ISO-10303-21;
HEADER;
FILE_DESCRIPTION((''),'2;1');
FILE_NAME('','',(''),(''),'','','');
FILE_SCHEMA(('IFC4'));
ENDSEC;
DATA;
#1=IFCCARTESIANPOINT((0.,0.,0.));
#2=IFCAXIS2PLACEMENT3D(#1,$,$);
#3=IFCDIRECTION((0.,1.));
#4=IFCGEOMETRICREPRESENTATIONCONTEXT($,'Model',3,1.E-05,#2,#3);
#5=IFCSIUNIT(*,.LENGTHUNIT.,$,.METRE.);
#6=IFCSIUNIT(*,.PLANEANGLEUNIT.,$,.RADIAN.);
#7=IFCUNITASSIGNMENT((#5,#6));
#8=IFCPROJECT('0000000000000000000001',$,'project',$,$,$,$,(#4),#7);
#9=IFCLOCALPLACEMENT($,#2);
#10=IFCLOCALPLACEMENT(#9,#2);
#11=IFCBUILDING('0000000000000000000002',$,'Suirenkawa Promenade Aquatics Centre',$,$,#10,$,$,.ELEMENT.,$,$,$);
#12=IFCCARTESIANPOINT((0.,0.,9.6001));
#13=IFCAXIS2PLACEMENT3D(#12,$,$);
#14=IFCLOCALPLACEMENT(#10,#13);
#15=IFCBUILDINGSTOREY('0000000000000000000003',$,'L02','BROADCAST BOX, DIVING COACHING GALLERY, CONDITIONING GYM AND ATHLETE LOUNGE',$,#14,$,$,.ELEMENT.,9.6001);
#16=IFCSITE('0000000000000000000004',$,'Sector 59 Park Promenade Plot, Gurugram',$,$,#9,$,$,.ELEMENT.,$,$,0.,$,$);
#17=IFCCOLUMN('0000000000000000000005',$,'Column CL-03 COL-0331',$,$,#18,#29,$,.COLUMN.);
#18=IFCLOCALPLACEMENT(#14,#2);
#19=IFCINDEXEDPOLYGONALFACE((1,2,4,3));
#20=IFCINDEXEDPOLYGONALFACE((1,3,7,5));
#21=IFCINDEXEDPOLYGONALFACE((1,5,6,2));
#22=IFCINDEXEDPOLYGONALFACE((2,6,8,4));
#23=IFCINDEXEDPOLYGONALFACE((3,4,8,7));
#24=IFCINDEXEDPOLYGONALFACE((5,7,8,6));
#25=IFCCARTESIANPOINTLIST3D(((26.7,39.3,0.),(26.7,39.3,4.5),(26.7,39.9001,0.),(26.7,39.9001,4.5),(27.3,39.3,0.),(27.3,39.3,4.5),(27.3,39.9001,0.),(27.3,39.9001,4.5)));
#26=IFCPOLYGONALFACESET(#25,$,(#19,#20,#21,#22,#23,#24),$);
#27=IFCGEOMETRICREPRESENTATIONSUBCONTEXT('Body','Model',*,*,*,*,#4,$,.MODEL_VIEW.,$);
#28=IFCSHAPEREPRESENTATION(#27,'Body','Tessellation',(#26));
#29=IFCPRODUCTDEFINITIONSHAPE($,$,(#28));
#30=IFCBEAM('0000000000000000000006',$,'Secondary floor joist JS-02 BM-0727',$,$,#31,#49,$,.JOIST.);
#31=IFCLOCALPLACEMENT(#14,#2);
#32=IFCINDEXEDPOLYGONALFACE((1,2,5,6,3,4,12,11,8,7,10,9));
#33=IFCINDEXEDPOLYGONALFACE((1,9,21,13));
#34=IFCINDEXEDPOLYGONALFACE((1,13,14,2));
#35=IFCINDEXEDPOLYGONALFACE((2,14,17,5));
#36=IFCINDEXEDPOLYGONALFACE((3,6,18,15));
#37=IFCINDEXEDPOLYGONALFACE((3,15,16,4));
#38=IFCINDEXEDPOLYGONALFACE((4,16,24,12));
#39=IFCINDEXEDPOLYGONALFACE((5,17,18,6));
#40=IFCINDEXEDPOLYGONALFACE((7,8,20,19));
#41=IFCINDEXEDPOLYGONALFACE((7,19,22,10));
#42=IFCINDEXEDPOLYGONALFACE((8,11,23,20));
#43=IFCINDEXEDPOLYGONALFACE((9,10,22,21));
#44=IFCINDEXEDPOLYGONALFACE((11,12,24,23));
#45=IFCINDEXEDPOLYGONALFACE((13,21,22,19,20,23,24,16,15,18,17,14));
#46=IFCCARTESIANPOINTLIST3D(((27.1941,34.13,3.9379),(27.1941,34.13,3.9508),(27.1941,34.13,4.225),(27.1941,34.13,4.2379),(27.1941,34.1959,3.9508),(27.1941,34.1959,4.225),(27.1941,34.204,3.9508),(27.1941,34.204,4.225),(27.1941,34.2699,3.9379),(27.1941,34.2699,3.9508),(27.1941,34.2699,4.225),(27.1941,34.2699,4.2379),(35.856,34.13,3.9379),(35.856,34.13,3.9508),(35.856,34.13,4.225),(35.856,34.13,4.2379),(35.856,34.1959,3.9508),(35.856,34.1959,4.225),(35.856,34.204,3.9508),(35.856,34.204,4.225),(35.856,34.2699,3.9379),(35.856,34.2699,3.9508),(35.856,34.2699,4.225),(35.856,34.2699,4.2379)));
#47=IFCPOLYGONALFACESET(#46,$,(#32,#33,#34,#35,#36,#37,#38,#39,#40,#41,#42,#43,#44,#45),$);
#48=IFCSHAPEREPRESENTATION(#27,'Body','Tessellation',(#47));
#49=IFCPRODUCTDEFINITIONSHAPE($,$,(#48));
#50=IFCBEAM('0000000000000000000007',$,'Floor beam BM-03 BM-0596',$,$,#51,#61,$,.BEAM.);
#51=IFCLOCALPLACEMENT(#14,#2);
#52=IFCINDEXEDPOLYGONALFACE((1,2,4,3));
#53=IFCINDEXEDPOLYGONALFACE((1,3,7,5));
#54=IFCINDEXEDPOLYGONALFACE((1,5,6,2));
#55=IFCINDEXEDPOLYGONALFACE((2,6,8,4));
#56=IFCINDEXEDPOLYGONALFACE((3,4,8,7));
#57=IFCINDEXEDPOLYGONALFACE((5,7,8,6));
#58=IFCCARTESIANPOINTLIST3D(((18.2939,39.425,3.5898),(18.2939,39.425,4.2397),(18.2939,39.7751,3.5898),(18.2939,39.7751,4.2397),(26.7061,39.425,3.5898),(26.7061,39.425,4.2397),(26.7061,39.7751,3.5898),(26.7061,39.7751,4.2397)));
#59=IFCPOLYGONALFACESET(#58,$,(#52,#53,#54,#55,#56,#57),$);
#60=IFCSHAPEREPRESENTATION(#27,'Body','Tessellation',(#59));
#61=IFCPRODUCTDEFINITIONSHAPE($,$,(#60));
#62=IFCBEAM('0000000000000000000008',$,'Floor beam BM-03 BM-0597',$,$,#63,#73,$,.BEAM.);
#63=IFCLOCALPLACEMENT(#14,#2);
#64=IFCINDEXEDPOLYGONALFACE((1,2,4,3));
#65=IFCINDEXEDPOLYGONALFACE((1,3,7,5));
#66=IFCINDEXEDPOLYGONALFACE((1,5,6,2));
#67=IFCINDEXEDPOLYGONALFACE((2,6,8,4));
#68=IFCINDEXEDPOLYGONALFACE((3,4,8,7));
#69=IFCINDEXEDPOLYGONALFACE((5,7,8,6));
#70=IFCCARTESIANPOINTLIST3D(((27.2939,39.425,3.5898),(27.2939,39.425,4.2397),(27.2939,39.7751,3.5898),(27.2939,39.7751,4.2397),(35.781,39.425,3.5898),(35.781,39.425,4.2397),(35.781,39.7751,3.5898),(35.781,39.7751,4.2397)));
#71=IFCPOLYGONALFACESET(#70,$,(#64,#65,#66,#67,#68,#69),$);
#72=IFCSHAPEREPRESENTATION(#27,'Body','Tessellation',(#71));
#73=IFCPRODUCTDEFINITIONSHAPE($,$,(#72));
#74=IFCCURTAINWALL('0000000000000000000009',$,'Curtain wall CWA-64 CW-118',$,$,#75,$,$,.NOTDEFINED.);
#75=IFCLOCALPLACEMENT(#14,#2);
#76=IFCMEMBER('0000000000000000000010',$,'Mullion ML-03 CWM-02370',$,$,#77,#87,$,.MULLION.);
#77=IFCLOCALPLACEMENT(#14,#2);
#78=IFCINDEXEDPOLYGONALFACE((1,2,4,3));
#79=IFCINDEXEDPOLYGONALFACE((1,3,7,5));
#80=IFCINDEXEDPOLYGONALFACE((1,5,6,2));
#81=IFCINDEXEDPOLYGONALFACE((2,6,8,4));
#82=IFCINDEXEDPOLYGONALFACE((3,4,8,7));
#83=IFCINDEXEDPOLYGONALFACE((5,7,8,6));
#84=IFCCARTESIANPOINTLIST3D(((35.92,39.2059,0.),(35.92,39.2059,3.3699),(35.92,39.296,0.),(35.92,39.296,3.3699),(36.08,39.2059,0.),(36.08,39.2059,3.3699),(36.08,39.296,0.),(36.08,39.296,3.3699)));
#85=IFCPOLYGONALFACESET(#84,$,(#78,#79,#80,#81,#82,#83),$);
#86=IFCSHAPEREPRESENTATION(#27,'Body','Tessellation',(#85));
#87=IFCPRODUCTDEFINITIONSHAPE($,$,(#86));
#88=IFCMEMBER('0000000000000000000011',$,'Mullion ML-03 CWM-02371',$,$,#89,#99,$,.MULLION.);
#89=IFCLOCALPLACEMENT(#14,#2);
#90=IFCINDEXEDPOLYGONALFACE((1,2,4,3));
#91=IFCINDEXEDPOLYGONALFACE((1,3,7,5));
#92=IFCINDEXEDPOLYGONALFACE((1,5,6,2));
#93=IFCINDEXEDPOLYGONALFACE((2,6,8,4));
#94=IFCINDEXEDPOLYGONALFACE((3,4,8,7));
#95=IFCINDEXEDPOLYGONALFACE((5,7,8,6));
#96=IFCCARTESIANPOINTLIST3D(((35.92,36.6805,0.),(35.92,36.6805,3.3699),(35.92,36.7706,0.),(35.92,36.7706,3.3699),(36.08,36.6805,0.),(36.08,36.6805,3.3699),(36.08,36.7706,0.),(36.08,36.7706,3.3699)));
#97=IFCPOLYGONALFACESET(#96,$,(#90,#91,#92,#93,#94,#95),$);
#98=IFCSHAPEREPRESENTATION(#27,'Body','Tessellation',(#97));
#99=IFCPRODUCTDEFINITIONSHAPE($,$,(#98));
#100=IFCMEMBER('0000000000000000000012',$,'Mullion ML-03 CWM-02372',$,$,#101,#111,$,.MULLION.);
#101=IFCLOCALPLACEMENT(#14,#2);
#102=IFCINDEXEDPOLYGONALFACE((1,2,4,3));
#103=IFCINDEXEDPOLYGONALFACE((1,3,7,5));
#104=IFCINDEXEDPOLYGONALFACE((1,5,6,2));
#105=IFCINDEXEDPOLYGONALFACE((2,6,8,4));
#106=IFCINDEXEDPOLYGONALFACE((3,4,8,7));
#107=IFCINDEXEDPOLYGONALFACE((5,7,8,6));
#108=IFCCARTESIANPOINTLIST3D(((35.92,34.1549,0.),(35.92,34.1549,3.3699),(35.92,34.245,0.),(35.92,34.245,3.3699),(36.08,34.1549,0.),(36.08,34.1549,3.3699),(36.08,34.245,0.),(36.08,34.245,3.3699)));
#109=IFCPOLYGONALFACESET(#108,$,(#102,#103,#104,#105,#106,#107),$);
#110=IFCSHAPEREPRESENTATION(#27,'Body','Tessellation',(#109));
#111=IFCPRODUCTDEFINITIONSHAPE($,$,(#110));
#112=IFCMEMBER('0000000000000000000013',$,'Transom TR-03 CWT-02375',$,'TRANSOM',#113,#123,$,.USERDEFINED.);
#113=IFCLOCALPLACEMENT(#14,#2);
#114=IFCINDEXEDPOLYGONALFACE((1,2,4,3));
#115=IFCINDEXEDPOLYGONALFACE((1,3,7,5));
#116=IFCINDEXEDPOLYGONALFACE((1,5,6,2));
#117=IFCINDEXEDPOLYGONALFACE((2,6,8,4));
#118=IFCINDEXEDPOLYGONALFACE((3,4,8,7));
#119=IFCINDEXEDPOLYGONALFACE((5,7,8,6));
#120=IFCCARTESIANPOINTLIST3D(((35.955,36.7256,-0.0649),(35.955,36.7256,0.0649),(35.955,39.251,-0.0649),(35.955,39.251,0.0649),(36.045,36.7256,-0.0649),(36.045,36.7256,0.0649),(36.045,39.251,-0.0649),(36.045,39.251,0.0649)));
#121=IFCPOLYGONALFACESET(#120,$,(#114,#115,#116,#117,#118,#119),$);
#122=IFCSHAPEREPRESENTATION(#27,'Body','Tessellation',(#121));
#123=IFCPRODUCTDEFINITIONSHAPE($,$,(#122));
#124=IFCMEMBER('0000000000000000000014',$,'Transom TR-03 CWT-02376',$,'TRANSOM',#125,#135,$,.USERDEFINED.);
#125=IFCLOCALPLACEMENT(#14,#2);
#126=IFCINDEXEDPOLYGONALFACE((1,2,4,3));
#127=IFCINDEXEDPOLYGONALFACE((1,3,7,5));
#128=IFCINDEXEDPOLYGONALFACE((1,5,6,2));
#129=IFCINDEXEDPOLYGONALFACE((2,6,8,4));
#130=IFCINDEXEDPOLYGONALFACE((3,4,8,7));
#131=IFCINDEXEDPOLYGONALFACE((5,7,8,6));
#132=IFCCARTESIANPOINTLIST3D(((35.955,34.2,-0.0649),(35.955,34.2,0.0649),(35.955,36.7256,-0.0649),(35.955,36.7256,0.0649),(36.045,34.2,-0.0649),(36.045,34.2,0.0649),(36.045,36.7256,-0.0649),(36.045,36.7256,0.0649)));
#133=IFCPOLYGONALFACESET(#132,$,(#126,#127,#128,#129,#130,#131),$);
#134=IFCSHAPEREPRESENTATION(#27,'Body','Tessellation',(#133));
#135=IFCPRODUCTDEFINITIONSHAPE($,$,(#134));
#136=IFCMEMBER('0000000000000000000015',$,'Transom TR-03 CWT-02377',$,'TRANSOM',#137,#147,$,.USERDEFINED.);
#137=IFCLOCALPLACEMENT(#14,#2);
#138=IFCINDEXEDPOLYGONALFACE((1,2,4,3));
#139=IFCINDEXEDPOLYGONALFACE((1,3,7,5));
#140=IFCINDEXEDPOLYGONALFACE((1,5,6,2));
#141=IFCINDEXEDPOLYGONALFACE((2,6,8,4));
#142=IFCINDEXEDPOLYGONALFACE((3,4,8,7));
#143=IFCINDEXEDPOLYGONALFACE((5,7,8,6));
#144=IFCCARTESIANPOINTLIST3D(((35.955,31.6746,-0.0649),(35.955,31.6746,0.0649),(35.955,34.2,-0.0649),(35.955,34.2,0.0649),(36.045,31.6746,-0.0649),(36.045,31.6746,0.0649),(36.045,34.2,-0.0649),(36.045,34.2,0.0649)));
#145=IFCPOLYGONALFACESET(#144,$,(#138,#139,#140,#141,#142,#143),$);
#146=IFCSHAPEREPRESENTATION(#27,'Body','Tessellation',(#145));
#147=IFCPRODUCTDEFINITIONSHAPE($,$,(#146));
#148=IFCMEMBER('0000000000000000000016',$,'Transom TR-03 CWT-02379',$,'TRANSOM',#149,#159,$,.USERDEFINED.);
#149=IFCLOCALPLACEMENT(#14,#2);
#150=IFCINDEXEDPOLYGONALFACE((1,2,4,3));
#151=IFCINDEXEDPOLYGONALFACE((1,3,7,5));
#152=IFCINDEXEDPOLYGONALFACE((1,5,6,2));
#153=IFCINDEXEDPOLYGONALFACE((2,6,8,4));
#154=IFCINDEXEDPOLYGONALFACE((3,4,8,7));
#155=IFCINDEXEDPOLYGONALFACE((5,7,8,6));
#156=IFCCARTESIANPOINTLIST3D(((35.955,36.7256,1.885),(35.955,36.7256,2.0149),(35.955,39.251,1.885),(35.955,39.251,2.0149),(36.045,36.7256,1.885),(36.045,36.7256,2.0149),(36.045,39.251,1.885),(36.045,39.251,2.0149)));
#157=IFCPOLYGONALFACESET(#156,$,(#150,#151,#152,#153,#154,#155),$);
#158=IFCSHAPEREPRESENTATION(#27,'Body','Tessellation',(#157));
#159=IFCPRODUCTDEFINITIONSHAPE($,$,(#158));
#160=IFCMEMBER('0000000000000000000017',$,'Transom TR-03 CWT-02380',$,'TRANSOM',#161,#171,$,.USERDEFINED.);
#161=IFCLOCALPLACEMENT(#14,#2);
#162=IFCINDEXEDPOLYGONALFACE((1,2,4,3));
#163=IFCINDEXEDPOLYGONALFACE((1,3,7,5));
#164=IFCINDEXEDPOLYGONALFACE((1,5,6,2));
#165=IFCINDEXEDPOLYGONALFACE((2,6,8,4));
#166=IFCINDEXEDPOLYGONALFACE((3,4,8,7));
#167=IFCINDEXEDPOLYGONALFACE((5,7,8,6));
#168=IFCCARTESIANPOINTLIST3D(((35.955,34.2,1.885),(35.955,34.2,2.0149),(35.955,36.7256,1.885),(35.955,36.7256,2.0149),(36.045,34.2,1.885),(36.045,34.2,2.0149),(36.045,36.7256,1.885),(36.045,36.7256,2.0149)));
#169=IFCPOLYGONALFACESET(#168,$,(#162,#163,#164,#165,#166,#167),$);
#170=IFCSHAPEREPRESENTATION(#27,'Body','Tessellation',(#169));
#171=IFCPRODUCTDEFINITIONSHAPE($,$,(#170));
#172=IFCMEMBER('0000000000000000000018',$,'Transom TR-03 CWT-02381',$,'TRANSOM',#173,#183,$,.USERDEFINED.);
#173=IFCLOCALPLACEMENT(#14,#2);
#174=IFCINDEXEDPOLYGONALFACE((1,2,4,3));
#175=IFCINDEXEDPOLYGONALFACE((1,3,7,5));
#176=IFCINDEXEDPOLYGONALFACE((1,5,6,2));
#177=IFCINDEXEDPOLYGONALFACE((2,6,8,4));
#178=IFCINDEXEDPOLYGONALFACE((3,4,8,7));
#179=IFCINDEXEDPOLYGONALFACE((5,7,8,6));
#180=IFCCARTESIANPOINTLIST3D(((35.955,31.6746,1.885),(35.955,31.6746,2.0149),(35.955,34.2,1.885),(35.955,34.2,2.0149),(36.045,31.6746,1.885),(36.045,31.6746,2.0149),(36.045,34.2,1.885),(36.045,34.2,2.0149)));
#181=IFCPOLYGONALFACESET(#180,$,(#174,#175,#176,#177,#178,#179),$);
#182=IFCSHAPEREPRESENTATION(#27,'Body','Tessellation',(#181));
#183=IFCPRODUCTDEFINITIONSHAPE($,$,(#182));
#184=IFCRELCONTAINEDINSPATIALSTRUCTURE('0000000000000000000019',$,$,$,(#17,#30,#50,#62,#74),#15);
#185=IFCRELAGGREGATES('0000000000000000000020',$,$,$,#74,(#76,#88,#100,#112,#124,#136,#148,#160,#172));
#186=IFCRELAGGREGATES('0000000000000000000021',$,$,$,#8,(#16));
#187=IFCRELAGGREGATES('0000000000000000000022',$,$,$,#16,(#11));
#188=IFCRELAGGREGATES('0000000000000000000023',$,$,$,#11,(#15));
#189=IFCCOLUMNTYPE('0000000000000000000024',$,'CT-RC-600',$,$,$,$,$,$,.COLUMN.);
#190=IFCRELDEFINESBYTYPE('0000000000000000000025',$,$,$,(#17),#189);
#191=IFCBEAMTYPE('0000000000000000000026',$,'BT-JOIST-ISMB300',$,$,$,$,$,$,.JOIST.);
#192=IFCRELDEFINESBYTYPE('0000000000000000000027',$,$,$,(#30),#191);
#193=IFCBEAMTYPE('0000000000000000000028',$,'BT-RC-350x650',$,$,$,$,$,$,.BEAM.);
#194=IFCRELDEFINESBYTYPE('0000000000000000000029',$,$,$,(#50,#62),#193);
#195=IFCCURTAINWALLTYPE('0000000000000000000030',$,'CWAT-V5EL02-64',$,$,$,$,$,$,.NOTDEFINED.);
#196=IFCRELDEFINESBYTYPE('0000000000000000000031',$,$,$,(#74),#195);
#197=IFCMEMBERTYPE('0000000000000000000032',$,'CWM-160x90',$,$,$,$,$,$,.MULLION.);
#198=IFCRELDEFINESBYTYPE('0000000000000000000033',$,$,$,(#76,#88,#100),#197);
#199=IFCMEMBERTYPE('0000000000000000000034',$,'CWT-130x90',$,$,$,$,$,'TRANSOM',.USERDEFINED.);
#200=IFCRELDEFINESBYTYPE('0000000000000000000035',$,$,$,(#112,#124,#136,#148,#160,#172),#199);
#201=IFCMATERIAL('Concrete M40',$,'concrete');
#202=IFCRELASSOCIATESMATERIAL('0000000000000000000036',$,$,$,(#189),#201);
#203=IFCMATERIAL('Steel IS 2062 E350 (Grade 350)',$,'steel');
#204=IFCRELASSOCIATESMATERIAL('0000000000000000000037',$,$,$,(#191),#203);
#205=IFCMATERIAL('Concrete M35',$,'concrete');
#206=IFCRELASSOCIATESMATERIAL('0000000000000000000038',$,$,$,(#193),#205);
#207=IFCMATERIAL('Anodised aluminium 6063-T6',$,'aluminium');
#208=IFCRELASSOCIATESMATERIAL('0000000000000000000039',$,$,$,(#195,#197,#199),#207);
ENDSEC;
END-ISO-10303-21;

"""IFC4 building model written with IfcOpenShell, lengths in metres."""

from ifc_helpers import new_model, si_unit, direction, frame, origin, origin_2d, place, context, subcontext, project, spatial, rectangle, i_section, extrude, material, material_profile, profile_set, type_object, element, aggregate, save


model = new_model("IFC4")

# Units and contexts
model_context = context("Model", 3, precision=1e-05, world=origin(), true_north=direction((0.0, 1.0)))
body_context = subcontext(model_context, "Body", "Model", "MODEL_VIEW")
ifc_project = project(units=[si_unit("LENGTHUNIT", "METRE"), si_unit("PLANEANGLEUNIT", "RADIAN")], contexts=[model_context])

# Site, building, storey
site_placement = place(None, origin())
site = spatial("IfcSite", under=ifc_project, at=site_placement, Name="Sector 59 Park Promenade Plot, Gurugram", CompositionType="ELEMENT", RefElevation=0.0)
building_placement = place(site_placement, origin())
building = spatial("IfcBuilding", under=site, at=building_placement, Name="Suirenkawa Promenade Aquatics Centre", CompositionType="ELEMENT")
storey_placement = place(building_placement, frame((0.0, 0.0, 9.6001)))
storey = spatial("IfcBuildingStorey", under=building, at=storey_placement, Name="L02", Description="BROADCAST BOX, DIVING COACHING GALLERY, CONDITIONING GYM AND ATHLETE LOUNGE", CompositionType="ELEMENT", Elevation=9.6001)

# Column
ifc_material_1 = material(Name="Concrete M40", Category="concrete")
ifc_material_profile_1 = material_profile(ifc_material_1, rectangle(XDim=0.6001, YDim=0.6001, at=origin_2d()), Name="RC COL 600x600", Category="concrete")
ifc_profile_set_1 = profile_set([ifc_material_profile_1], Name="Concrete M40")
column_type = type_object("IfcColumnType", Name="CT-RC-600", PredefinedType="COLUMN", material=ifc_profile_set_1)
column_placement = place(storey_placement, frame((27.0, 39.6001, 0.0), z_axis=(0.0, 0.0, 1.0), x_axis=(1.0, 0.0, 0.0)))
element("IfcColumn", 1, at=column_placement, inside=storey, type_object=column_type, Name="Column CL-03 COL-0331", PredefinedType="COLUMN", context=body_context, shape_type="SweptSolid", body=[
    extrude(rectangle(XDim=0.6001, YDim=0.6001, at=origin_2d()), origin(), (0.0, 0.0, 1.0), 4.5),
])

# Beams
ifc_material_2 = material(Name="Steel IS 2062 E350 (Grade 350)", Category="steel")
ifc_material_profile_2 = material_profile(ifc_material_2, i_section(OverallWidth=0.1399, OverallDepth=0.3, WebThickness=0.0081, FlangeThickness=0.0129, at=origin_2d()), Name="ISMB 300", Category="steel")
ifc_profile_set_2 = profile_set([ifc_material_profile_2], Name="Steel IS 2062 E350 (Grade 350)")
beam_type_1 = type_object("IfcBeamType", Name="BT-JOIST-ISMB300", PredefinedType="JOIST", material=ifc_profile_set_2)
beam_1_placement = place(storey_placement, frame((27.1941, 34.2, 4.0879), z_axis=(1.0, 0.0, 0.0), x_axis=(0.0, 1.0, 0.0)))
element("IfcBeam", 2, at=beam_1_placement, inside=storey, type_object=beam_type_1, Name="Secondary floor joist JS-02 BM-0727", PredefinedType="JOIST", context=body_context, shape_type="SweptSolid", body=[
    extrude(i_section(OverallWidth=0.1399, OverallDepth=0.3, WebThickness=0.0081, FlangeThickness=0.0129, at=origin_2d()), origin(), (0.0, 0.0, 1.0), 8.6619),
])
ifc_material_3 = material(Name="Concrete M35", Category="concrete")
ifc_material_profile_3 = material_profile(ifc_material_3, rectangle(XDim=0.3501, YDim=0.6499, at=origin_2d()), Name="RC BM 350x650", Category="concrete")
ifc_profile_set_3 = profile_set([ifc_material_profile_3], Name="Concrete M35")
beam_type_2 = type_object("IfcBeamType", Name="BT-RC-350x650", PredefinedType="BEAM", material=ifc_profile_set_3)
beam_2_placement = place(storey_placement, frame((18.2939, 39.6001, 3.9148), z_axis=(1.0, 0.0, 0.0), x_axis=(0.0, 1.0, 0.0)))
element("IfcBeam", 3, at=beam_2_placement, inside=storey, type_object=beam_type_2, Name="Floor beam BM-03 BM-0596", PredefinedType="BEAM", context=body_context, shape_type="SweptSolid", body=[
    extrude(rectangle(XDim=0.3501, YDim=0.6499, at=origin_2d()), origin(), (0.0, 0.0, 1.0), 8.4121),
])
beam_3_placement = place(storey_placement, frame((27.2939, 39.6001, 3.9148), z_axis=(1.0, 0.0, 0.0), x_axis=(0.0, 1.0, 0.0)))
element("IfcBeam", 4, at=beam_3_placement, inside=storey, type_object=beam_type_2, Name="Floor beam BM-03 BM-0597", PredefinedType="BEAM", context=body_context, shape_type="SweptSolid", body=[
    extrude(rectangle(XDim=0.3501, YDim=0.6499, at=origin_2d()), origin(), (0.0, 0.0, 1.0), 8.4871),
])

# Curtain wall, members
ifc_material_4 = material(Name="Anodised aluminium 6063-T6", Category="aluminium")
curtain_wall_type = type_object("IfcCurtainWallType", Name="CWAT-V5EL02-64", PredefinedType="NOTDEFINED", material=ifc_material_4)
curtain_wall_placement = place(storey_placement, origin())
curtain_wall = element("IfcCurtainWall", 5, at=curtain_wall_placement, inside=storey, type_object=curtain_wall_type, Name="Curtain wall CWA-64 CW-118", PredefinedType="NOTDEFINED")
ifc_material_profile_4 = material_profile(ifc_material_4, rectangle(XDim=0.0901, YDim=0.1599, at=origin_2d()), Name="ALU MULL 90x160", Category="aluminium")
ifc_profile_set_4 = profile_set([ifc_material_profile_4], Name="Anodised aluminium 6063-T6")
member_type_1 = type_object("IfcMemberType", Name="CWM-160x90", PredefinedType="MULLION", material=ifc_profile_set_4)
member_1_placement = place(storey_placement, frame((36.0, 39.251, 0.0), z_axis=(0.0, 0.0, 1.0), x_axis=(0.0, -1.0, 0.0)))
member_1 = element("IfcMember", 6, at=member_1_placement, type_object=member_type_1, Name="Mullion ML-03 CWM-02370", PredefinedType="MULLION", context=body_context, shape_type="SweptSolid", body=[
    extrude(rectangle(XDim=0.0901, YDim=0.1599, at=origin_2d()), origin(), (0.0, 0.0, 1.0), 3.3699),
])
member_2_placement = place(storey_placement, frame((36.0, 36.7256, 0.0), z_axis=(0.0, 0.0, 1.0), x_axis=(0.0, -1.0, 0.0)))
member_2 = element("IfcMember", 7, at=member_2_placement, type_object=member_type_1, Name="Mullion ML-03 CWM-02371", PredefinedType="MULLION", context=body_context, shape_type="SweptSolid", body=[
    extrude(rectangle(XDim=0.0901, YDim=0.1599, at=origin_2d()), origin(), (0.0, 0.0, 1.0), 3.3699),
])
member_3_placement = place(storey_placement, frame((36.0, 34.2, 0.0), z_axis=(0.0, 0.0, 1.0), x_axis=(0.0, -1.0, 0.0)))
member_3 = element("IfcMember", 8, at=member_3_placement, type_object=member_type_1, Name="Mullion ML-03 CWM-02372", PredefinedType="MULLION", context=body_context, shape_type="SweptSolid", body=[
    extrude(rectangle(XDim=0.0901, YDim=0.1599, at=origin_2d()), origin(), (0.0, 0.0, 1.0), 3.3699),
])
ifc_material_profile_5 = material_profile(ifc_material_4, rectangle(XDim=0.0901, YDim=0.1299, at=origin_2d()), Name="ALU TRAN 90x130", Category="aluminium")
ifc_profile_set_5 = profile_set([ifc_material_profile_5], Name="Anodised aluminium 6063-T6")
member_type_2 = type_object("IfcMemberType", Name="CWT-130x90", ElementType="TRANSOM", PredefinedType="USERDEFINED", material=ifc_profile_set_5)
member_4_placement = place(storey_placement, frame((36.0, 39.251, 0.0), z_axis=(0.0, -1.0, 0.0), x_axis=(1.0, 0.0, 0.0)))
member_4 = element("IfcMember", 9, at=member_4_placement, type_object=member_type_2, Name="Transom TR-03 CWT-02375", ObjectType="TRANSOM", PredefinedType="USERDEFINED", context=body_context, shape_type="SweptSolid", body=[
    extrude(rectangle(XDim=0.0901, YDim=0.1299, at=origin_2d()), origin(), (0.0, 0.0, 1.0), 2.5254),
])
member_5_placement = place(storey_placement, frame((36.0, 36.7256, 0.0), z_axis=(0.0, -1.0, 0.0), x_axis=(1.0, 0.0, 0.0)))
member_5 = element("IfcMember", 10, at=member_5_placement, type_object=member_type_2, Name="Transom TR-03 CWT-02376", ObjectType="TRANSOM", PredefinedType="USERDEFINED", context=body_context, shape_type="SweptSolid", body=[
    extrude(rectangle(XDim=0.0901, YDim=0.1299, at=origin_2d()), origin(), (0.0, 0.0, 1.0), 2.5256),
])
member_6_placement = place(storey_placement, frame((36.0, 34.2, 0.0), z_axis=(0.0, -1.0, 0.0), x_axis=(1.0, 0.0, 0.0)))
member_6 = element("IfcMember", 11, at=member_6_placement, type_object=member_type_2, Name="Transom TR-03 CWT-02377", ObjectType="TRANSOM", PredefinedType="USERDEFINED", context=body_context, shape_type="SweptSolid", body=[
    extrude(rectangle(XDim=0.0901, YDim=0.1299, at=origin_2d()), origin(), (0.0, 0.0, 1.0), 2.5254),
])
member_7_placement = place(storey_placement, frame((36.0, 39.251, 1.95), z_axis=(0.0, -1.0, 0.0), x_axis=(1.0, 0.0, 0.0)))
member_7 = element("IfcMember", 12, at=member_7_placement, type_object=member_type_2, Name="Transom TR-03 CWT-02379", ObjectType="TRANSOM", PredefinedType="USERDEFINED", context=body_context, shape_type="SweptSolid", body=[
    extrude(rectangle(XDim=0.0901, YDim=0.1299, at=origin_2d()), origin(), (0.0, 0.0, 1.0), 2.5254),
])
member_8_placement = place(storey_placement, frame((36.0, 36.7256, 1.95), z_axis=(0.0, -1.0, 0.0), x_axis=(1.0, 0.0, 0.0)))
member_8 = element("IfcMember", 13, at=member_8_placement, type_object=member_type_2, Name="Transom TR-03 CWT-02380", ObjectType="TRANSOM", PredefinedType="USERDEFINED", context=body_context, shape_type="SweptSolid", body=[
    extrude(rectangle(XDim=0.0901, YDim=0.1299, at=origin_2d()), origin(), (0.0, 0.0, 1.0), 2.5256),
])
member_9_placement = place(storey_placement, frame((36.0, 34.2, 1.95), z_axis=(0.0, -1.0, 0.0), x_axis=(1.0, 0.0, 0.0)))
member_9 = element("IfcMember", 14, at=member_9_placement, type_object=member_type_2, Name="Transom TR-03 CWT-02381", ObjectType="TRANSOM", PredefinedType="USERDEFINED", context=body_context, shape_type="SweptSolid", body=[
    extrude(rectangle(XDim=0.0901, YDim=0.1299, at=origin_2d()), origin(), (0.0, 0.0, 1.0), 2.5254),
])
aggregate(curtain_wall, [member_1, member_2, member_3, member_4, member_5, member_6, member_7, member_8, member_9])

save(model, "model.ifc")
